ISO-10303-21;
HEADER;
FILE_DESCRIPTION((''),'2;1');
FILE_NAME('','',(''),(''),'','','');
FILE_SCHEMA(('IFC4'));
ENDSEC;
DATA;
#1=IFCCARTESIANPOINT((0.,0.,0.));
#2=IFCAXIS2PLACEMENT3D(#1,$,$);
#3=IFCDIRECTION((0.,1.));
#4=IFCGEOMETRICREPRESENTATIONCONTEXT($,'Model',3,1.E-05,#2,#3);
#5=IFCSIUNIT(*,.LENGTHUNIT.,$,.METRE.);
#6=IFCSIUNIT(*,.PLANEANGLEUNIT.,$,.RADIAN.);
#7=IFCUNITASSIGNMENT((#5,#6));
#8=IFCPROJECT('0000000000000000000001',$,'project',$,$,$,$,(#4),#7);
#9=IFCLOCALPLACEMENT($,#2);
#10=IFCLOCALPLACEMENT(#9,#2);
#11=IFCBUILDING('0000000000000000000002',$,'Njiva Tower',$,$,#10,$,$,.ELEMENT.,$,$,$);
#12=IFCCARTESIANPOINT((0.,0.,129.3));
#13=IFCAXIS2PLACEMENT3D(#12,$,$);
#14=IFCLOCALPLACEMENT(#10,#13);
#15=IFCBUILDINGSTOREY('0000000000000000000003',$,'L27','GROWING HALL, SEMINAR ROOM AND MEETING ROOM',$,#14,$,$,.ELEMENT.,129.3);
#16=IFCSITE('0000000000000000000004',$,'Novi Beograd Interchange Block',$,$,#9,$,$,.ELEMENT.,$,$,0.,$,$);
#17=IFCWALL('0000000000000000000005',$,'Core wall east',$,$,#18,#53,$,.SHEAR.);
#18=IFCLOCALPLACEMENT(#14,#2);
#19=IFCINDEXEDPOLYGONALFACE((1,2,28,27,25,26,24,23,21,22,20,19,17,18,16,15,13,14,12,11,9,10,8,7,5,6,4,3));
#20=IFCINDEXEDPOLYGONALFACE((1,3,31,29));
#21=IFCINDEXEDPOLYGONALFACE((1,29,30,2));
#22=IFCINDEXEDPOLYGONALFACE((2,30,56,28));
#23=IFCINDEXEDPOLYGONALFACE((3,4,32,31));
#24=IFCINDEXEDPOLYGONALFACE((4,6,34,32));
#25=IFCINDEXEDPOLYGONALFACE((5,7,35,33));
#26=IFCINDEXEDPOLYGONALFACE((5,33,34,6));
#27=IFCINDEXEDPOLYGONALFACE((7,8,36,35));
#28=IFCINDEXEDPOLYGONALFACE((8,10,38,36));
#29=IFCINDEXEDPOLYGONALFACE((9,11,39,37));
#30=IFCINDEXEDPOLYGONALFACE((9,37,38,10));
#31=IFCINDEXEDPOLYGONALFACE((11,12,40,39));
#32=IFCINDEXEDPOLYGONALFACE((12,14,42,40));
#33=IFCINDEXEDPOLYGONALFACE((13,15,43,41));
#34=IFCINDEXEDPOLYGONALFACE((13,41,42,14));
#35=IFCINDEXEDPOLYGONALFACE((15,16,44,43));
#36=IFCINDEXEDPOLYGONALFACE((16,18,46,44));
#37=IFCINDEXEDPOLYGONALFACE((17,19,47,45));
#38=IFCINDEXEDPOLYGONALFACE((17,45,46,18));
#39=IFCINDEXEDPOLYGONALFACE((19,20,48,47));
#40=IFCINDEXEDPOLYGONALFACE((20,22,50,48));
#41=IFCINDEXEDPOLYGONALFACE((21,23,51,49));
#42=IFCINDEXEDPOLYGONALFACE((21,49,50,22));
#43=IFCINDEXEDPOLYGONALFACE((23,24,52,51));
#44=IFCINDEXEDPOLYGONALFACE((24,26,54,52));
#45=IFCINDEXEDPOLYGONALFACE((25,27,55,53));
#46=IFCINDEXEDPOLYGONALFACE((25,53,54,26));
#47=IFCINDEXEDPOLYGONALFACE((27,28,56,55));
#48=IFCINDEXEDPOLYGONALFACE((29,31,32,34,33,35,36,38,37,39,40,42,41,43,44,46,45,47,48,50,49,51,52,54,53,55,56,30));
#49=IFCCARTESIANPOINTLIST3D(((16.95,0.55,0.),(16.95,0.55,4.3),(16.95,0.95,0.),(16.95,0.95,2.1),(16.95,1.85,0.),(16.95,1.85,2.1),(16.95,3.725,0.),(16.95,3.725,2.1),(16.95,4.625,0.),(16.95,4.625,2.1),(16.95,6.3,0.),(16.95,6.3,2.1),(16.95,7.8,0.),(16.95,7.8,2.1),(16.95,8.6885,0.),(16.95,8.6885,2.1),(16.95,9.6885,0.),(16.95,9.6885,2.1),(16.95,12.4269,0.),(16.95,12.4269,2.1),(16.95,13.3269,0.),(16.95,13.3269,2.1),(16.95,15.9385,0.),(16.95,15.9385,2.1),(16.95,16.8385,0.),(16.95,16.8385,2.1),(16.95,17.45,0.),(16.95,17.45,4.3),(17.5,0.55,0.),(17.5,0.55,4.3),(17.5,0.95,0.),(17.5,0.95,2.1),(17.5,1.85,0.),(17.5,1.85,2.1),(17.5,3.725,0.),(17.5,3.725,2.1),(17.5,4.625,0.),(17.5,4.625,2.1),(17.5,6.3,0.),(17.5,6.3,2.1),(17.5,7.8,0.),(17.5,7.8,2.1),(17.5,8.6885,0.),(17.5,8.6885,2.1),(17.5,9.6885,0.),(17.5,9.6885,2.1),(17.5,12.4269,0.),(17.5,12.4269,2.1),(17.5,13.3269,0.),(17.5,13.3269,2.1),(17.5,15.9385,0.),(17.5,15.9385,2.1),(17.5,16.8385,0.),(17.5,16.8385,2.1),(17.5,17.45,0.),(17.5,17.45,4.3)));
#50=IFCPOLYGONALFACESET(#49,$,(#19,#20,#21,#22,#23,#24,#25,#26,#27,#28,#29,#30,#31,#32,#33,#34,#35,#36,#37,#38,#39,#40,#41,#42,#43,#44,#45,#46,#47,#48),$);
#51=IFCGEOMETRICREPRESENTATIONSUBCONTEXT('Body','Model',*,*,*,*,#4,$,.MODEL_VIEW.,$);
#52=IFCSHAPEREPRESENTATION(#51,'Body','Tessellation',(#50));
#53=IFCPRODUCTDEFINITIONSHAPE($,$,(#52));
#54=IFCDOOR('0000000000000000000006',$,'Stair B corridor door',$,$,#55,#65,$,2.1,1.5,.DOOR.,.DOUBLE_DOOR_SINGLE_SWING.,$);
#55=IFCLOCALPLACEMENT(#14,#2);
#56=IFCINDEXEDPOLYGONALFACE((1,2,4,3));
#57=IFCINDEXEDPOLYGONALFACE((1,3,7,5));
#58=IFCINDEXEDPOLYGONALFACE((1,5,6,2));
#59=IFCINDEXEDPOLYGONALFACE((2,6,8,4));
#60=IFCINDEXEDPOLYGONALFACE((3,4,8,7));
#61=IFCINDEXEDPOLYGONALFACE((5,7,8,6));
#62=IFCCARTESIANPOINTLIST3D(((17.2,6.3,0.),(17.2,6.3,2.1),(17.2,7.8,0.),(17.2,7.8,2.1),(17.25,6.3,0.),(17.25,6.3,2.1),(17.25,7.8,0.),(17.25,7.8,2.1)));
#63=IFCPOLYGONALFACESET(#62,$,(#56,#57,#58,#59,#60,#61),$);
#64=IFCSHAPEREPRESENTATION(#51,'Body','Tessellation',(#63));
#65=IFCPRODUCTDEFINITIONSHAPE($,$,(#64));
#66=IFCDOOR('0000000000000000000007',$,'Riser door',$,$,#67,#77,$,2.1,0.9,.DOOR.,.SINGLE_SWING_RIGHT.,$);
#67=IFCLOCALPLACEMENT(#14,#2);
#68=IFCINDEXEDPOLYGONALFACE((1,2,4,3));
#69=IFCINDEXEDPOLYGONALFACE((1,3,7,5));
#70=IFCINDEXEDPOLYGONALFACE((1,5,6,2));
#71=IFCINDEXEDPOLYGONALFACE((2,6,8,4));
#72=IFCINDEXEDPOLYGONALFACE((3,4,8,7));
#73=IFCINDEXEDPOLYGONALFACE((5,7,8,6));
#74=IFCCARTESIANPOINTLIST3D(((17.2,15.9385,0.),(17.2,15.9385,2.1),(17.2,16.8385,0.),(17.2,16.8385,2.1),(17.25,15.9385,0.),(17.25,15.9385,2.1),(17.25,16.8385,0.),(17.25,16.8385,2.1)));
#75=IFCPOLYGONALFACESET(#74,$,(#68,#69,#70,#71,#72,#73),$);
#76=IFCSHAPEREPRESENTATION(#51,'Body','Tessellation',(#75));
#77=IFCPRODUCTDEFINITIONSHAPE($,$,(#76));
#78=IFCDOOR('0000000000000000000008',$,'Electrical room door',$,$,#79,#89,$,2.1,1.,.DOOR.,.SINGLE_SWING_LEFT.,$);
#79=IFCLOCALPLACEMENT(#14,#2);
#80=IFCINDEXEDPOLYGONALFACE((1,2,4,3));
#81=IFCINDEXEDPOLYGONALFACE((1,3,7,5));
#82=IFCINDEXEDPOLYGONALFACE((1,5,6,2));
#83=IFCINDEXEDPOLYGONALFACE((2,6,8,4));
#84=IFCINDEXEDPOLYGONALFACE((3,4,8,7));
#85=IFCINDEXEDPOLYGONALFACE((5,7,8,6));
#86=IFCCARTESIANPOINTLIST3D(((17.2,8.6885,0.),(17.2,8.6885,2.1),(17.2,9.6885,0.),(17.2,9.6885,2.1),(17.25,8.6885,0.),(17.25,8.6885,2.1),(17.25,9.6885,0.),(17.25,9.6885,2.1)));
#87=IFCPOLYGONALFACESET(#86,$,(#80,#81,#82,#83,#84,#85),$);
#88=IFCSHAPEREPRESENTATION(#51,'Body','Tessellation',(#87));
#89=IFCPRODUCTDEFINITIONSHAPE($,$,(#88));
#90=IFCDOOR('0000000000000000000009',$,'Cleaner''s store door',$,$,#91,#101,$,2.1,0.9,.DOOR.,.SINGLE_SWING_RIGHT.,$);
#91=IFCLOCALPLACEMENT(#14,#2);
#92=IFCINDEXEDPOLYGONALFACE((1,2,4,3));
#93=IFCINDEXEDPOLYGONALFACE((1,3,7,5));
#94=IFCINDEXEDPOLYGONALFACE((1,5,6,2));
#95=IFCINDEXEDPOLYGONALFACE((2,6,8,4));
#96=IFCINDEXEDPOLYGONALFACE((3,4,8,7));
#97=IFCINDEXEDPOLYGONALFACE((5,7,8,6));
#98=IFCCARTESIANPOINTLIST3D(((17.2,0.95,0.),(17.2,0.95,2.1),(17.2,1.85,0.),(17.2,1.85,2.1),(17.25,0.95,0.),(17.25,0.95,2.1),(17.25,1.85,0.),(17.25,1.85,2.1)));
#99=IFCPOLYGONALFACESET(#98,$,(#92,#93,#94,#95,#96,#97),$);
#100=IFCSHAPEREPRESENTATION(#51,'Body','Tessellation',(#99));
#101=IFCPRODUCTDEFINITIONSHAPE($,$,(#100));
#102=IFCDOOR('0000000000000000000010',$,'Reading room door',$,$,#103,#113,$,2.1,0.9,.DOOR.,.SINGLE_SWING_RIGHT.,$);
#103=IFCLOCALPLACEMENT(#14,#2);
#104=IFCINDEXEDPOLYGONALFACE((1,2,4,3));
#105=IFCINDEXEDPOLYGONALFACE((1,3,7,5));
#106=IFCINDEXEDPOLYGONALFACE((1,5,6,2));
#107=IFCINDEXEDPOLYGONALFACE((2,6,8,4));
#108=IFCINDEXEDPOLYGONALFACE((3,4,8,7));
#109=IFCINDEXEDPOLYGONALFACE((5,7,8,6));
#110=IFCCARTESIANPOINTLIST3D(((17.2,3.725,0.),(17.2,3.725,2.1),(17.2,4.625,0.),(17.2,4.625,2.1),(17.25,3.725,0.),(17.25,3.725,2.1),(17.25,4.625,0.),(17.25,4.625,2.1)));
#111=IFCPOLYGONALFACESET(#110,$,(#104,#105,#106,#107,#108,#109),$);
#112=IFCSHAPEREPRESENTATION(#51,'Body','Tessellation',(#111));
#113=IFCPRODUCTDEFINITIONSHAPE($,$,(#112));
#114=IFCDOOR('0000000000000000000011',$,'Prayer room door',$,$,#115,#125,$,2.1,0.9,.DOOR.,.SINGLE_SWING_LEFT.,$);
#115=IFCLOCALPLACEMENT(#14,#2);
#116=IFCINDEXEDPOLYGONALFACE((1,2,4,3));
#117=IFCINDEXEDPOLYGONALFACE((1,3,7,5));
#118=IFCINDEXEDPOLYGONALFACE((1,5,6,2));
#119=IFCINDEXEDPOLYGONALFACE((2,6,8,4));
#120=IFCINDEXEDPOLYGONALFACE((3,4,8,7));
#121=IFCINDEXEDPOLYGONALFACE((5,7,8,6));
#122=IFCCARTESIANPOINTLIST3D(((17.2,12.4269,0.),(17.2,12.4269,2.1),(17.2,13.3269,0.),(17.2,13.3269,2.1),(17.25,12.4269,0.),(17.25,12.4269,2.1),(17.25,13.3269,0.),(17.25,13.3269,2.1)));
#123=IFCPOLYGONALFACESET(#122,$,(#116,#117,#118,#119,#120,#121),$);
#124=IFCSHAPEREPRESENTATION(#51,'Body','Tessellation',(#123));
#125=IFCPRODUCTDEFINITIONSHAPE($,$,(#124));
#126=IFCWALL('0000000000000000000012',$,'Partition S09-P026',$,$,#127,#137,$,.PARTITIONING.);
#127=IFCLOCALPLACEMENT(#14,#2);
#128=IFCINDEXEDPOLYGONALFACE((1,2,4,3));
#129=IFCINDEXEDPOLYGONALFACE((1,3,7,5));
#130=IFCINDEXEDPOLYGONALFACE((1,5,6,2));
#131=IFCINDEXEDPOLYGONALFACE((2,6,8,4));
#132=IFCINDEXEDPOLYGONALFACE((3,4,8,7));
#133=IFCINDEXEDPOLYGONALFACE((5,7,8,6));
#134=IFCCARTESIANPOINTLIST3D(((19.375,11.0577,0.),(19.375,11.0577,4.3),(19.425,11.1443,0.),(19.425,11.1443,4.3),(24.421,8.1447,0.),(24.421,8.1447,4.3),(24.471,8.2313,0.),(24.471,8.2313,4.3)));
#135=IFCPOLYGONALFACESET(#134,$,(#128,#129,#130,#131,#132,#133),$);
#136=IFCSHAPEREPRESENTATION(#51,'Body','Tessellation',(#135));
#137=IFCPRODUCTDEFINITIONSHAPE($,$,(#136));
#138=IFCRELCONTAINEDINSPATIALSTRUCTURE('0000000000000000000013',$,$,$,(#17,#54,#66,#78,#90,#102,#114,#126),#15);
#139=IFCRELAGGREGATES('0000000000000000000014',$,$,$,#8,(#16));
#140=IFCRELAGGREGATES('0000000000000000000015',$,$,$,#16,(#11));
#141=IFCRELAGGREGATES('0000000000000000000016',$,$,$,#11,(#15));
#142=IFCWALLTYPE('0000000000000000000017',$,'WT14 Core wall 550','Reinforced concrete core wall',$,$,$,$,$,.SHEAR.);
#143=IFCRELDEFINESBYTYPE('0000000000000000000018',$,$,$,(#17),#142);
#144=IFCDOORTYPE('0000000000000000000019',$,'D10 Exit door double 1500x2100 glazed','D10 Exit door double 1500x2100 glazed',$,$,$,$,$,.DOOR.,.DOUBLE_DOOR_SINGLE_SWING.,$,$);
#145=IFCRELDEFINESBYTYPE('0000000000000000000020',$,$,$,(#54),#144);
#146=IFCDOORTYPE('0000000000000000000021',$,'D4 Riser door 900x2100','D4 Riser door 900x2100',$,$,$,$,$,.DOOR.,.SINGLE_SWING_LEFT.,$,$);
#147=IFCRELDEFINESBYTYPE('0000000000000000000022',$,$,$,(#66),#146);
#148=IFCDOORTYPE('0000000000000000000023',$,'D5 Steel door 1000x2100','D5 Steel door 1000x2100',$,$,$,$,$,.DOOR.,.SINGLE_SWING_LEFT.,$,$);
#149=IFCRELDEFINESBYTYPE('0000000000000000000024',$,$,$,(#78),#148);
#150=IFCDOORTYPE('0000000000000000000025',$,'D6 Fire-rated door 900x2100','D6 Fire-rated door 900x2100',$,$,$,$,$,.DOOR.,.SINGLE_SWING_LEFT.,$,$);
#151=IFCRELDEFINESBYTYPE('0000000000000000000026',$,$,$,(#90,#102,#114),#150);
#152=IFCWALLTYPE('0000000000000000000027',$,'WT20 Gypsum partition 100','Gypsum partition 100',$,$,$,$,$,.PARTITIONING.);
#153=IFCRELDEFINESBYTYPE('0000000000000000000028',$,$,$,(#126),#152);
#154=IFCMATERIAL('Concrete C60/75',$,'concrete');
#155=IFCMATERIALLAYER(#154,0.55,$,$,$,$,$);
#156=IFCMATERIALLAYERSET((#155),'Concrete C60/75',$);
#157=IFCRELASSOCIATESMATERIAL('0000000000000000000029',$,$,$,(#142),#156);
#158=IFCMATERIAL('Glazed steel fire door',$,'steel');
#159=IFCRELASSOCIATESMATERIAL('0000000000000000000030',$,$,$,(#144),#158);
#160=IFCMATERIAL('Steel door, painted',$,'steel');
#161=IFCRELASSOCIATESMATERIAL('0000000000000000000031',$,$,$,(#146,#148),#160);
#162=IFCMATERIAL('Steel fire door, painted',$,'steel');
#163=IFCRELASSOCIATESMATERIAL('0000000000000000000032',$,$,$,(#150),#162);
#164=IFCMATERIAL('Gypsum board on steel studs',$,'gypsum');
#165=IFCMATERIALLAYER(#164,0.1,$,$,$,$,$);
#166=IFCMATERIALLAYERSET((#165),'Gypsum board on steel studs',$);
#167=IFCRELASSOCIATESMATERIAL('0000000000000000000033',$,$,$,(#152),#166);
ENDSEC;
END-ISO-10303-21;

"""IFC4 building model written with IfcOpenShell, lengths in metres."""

from ifc_helpers import new_model, si_unit, direction, frame, frame_2d, origin, place, context, subcontext, project, spatial, rectangle, extrude, material, layer, layer_set, type_object, element, fill, save


model = new_model("IFC4")

# Units and contexts
model_context = context("Model", 3, precision=1e-05, world=origin(), true_north=direction((0.0, 1.0)))
body_context = subcontext(model_context, "Body", "Model", "MODEL_VIEW")
ifc_project = project(units=[si_unit("LENGTHUNIT", "METRE"), si_unit("PLANEANGLEUNIT", "RADIAN")], contexts=[model_context])

# Site, building, storey
site_placement = place(None, origin())
site = spatial("IfcSite", under=ifc_project, at=site_placement, Name="Novi Beograd Interchange Block", CompositionType="ELEMENT", RefElevation=0.0)
building_placement = place(site_placement, origin())
building = spatial("IfcBuilding", under=site, at=building_placement, Name="Njiva Tower", CompositionType="ELEMENT")
storey_placement = place(building_placement, frame((0.0, 0.0, 129.3)))
storey = spatial("IfcBuildingStorey", under=building, at=storey_placement, Name="L27", Description="GROWING HALL, SEMINAR ROOM AND MEETING ROOM", CompositionType="ELEMENT", Elevation=129.3)

# Wall, openings, doors
ifc_material_1 = material(Name="Concrete C60/75", Category="concrete")
ifc_layer_1 = layer(ifc_material_1, 0.55)
ifc_layer_set_1 = layer_set([ifc_layer_1], Name="Concrete C60/75")
wall_type_1 = type_object("IfcWallType", Name="WT14 Core wall 550", Description="Reinforced concrete core wall", PredefinedType="SHEAR", material=ifc_layer_set_1)
wall_1_placement = place(storey_placement, frame((17.225, 0.55, 0.0), z_axis=(0.0, 0.0, 1.0), x_axis=(0.0, 1.0, 0.0)))
wall_1 = element("IfcWall", 1, at=wall_1_placement, inside=storey, type_object=wall_type_1, Name="Core wall east", PredefinedType="SHEAR", context=body_context, shape_type="SweptSolid", body=[
    extrude(rectangle(XDim=16.9, YDim=0.55, at=frame_2d((8.45, 0.0))), origin(), (0.0, 0.0, 1.0), 4.3),
])
opening_1_placement = place(wall_1_placement, frame((5.75, 0.0, 0.0)))
opening_1 = element("IfcOpeningElement", 2, at=opening_1_placement, cuts=wall_1, PredefinedType="OPENING", context=body_context, shape_type="SweptSolid", body=[
    extrude(rectangle(XDim=1.5, YDim=2.1, at=frame_2d((0.75, 1.05))), frame((0.0, 0.285, 0.0), z_axis=(0.0, -1.0, 0.0), x_axis=(1.0, 0.0, 0.0)), (0.0, 0.0, 1.0), 0.57),
])
opening_2_placement = place(wall_1_placement, frame((0.4, 0.0, 0.0)))
opening_2 = element("IfcOpeningElement", 3, at=opening_2_placement, cuts=wall_1, PredefinedType="OPENING", context=body_context, shape_type="SweptSolid", body=[
    extrude(rectangle(XDim=0.9, YDim=2.1, at=frame_2d((0.45, 1.05))), frame((0.0, 0.285, 0.0), z_axis=(0.0, -1.0, 0.0), x_axis=(1.0, 0.0, 0.0)), (0.0, 0.0, 1.0), 0.57),
])
opening_3_placement = place(wall_1_placement, frame((3.175, 0.0, 0.0)))
opening_3 = element("IfcOpeningElement", 4, at=opening_3_placement, cuts=wall_1, PredefinedType="OPENING", context=body_context, shape_type="SweptSolid", body=[
    extrude(rectangle(XDim=0.9, YDim=2.1, at=frame_2d((0.45, 1.05))), frame((0.0, 0.285, 0.0), z_axis=(0.0, -1.0, 0.0), x_axis=(1.0, 0.0, 0.0)), (0.0, 0.0, 1.0), 0.57),
])
opening_4_placement = place(wall_1_placement, frame((8.1385, 0.0, 0.0)))
opening_4 = element("IfcOpeningElement", 5, at=opening_4_placement, cuts=wall_1, PredefinedType="OPENING", context=body_context, shape_type="SweptSolid", body=[
    extrude(rectangle(XDim=1.0, YDim=2.1, at=frame_2d((0.5, 1.05))), frame((0.0, 0.285, 0.0), z_axis=(0.0, -1.0, 0.0), x_axis=(1.0, 0.0, 0.0)), (0.0, 0.0, 1.0), 0.57),
])
opening_5_placement = place(wall_1_placement, frame((11.8769, 0.0, 0.0)))
opening_5 = element("IfcOpeningElement", 6, at=opening_5_placement, cuts=wall_1, PredefinedType="OPENING", context=body_context, shape_type="SweptSolid", body=[
    extrude(rectangle(XDim=0.9, YDim=2.1, at=frame_2d((0.45, 1.05))), frame((0.0, 0.285, 0.0), z_axis=(0.0, -1.0, 0.0), x_axis=(1.0, 0.0, 0.0)), (0.0, 0.0, 1.0), 0.57),
])
opening_6_placement = place(wall_1_placement, frame((15.3885, 0.0, 0.0)))
opening_6 = element("IfcOpeningElement", 7, at=opening_6_placement, cuts=wall_1, PredefinedType="OPENING", context=body_context, shape_type="SweptSolid", body=[
    extrude(rectangle(XDim=0.9, YDim=2.1, at=frame_2d((0.45, 1.05))), frame((0.0, 0.285, 0.0), z_axis=(0.0, -1.0, 0.0), x_axis=(1.0, 0.0, 0.0)), (0.0, 0.0, 1.0), 0.57),
])
ifc_material_2 = material(Name="Glazed steel fire door", Category="steel")
door_type_1 = type_object("IfcDoorType", Name="D10 Exit door double 1500x2100 glazed", Description="D10 Exit door double 1500x2100 glazed", OperationType="DOUBLE_DOOR_SINGLE_SWING", PredefinedType="DOOR", material=ifc_material_2)
door_1_placement = place(opening_1_placement, origin())
door_1 = element("IfcDoor", 8, at=door_1_placement, inside=storey, type_object=door_type_1, Name="Stair B corridor door", OperationType="DOUBLE_DOOR_SINGLE_SWING", OverallHeight=2.1, OverallWidth=1.5, PredefinedType="DOOR", context=body_context, shape_type="SweptSolid", body=[
    extrude(rectangle(XDim=1.5, YDim=2.1, at=frame_2d((0.75, 1.05))), frame((0.0, 0.025, 0.0), z_axis=(0.0, -1.0, 0.0), x_axis=(1.0, 0.0, 0.0)), (0.0, 0.0, 1.0), 0.05),
])
fill(opening_1, door_1)
ifc_material_3 = material(Name="Steel door, painted", Category="steel")
door_type_2 = type_object("IfcDoorType", Name="D4 Riser door 900x2100", Description="D4 Riser door 900x2100", OperationType="SINGLE_SWING_LEFT", PredefinedType="DOOR", material=ifc_material_3)
door_2_placement = place(opening_6_placement, origin())
door_2 = element("IfcDoor", 9, at=door_2_placement, inside=storey, type_object=door_type_2, Name="Riser door", OperationType="SINGLE_SWING_RIGHT", OverallHeight=2.1, OverallWidth=0.9, PredefinedType="DOOR", context=body_context, shape_type="SweptSolid", body=[
    extrude(rectangle(XDim=0.9, YDim=2.1, at=frame_2d((0.45, 1.05))), frame((0.0, 0.025, 0.0), z_axis=(0.0, -1.0, 0.0), x_axis=(1.0, 0.0, 0.0)), (0.0, 0.0, 1.0), 0.05),
])
fill(opening_6, door_2)
door_type_3 = type_object("IfcDoorType", Name="D5 Steel door 1000x2100", Description="D5 Steel door 1000x2100", OperationType="SINGLE_SWING_LEFT", PredefinedType="DOOR", material=ifc_material_3)
door_3_placement = place(opening_4_placement, origin())
door_3 = element("IfcDoor", 10, at=door_3_placement, inside=storey, type_object=door_type_3, Name="Electrical room door", OperationType="SINGLE_SWING_LEFT", OverallHeight=2.1, OverallWidth=1.0, PredefinedType="DOOR", context=body_context, shape_type="SweptSolid", body=[
    extrude(rectangle(XDim=1.0, YDim=2.1, at=frame_2d((0.5, 1.05))), frame((0.0, 0.025, 0.0), z_axis=(0.0, -1.0, 0.0), x_axis=(1.0, 0.0, 0.0)), (0.0, 0.0, 1.0), 0.05),
])
fill(opening_4, door_3)
ifc_material_4 = material(Name="Steel fire door, painted", Category="steel")
door_type_4 = type_object("IfcDoorType", Name="D6 Fire-rated door 900x2100", Description="D6 Fire-rated door 900x2100", OperationType="SINGLE_SWING_LEFT", PredefinedType="DOOR", material=ifc_material_4)
door_4_placement = place(opening_2_placement, origin())
door_4 = element("IfcDoor", 11, at=door_4_placement, inside=storey, type_object=door_type_4, Name="Cleaner's store door", OperationType="SINGLE_SWING_RIGHT", OverallHeight=2.1, OverallWidth=0.9, PredefinedType="DOOR", context=body_context, shape_type="SweptSolid", body=[
    extrude(rectangle(XDim=0.9, YDim=2.1, at=frame_2d((0.45, 1.05))), frame((0.0, 0.025, 0.0), z_axis=(0.0, -1.0, 0.0), x_axis=(1.0, 0.0, 0.0)), (0.0, 0.0, 1.0), 0.05),
])
fill(opening_2, door_4)
door_5_placement = place(opening_3_placement, origin())
door_5 = element("IfcDoor", 12, at=door_5_placement, inside=storey, type_object=door_type_4, Name="Reading room door", OperationType="SINGLE_SWING_RIGHT", OverallHeight=2.1, OverallWidth=0.9, PredefinedType="DOOR", context=body_context, shape_type="SweptSolid", body=[
    extrude(rectangle(XDim=0.9, YDim=2.1, at=frame_2d((0.45, 1.05))), frame((0.0, 0.025, 0.0), z_axis=(0.0, -1.0, 0.0), x_axis=(1.0, 0.0, 0.0)), (0.0, 0.0, 1.0), 0.05),
])
fill(opening_3, door_5)
door_6_placement = place(opening_5_placement, origin())
door_6 = element("IfcDoor", 13, at=door_6_placement, inside=storey, type_object=door_type_4, Name="Prayer room door", OperationType="SINGLE_SWING_LEFT", OverallHeight=2.1, OverallWidth=0.9, PredefinedType="DOOR", context=body_context, shape_type="SweptSolid", body=[
    extrude(rectangle(XDim=0.9, YDim=2.1, at=frame_2d((0.45, 1.05))), frame((0.0, 0.025, 0.0), z_axis=(0.0, -1.0, 0.0), x_axis=(1.0, 0.0, 0.0)), (0.0, 0.0, 1.0), 0.05),
])
fill(opening_5, door_6)

# Wall
ifc_material_5 = material(Name="Gypsum board on steel studs", Category="gypsum")
ifc_layer_2 = layer(ifc_material_5, 0.1)
ifc_layer_set_2 = layer_set([ifc_layer_2], Name="Gypsum board on steel studs")
wall_type_2 = type_object("IfcWallType", Name="WT20 Gypsum partition 100", Description="Gypsum partition 100", PredefinedType="PARTITIONING", material=ifc_layer_set_2)
wall_2_placement = place(storey_placement, frame((19.4, 11.101, 0.0), z_axis=(0.0, 0.0, 1.0), x_axis=(0.866048, -0.49996, 0.0)))
element("IfcWall", 14, at=wall_2_placement, inside=storey, type_object=wall_type_2, Name="Partition S09-P026", PredefinedType="PARTITIONING", context=body_context, shape_type="SweptSolid", body=[
    extrude(rectangle(XDim=5.8265, YDim=0.1, at=frame_2d((2.9132, 0.0))), origin(), (0.0, 0.0, 1.0), 4.3),
])

save(model, "model.ifc")
